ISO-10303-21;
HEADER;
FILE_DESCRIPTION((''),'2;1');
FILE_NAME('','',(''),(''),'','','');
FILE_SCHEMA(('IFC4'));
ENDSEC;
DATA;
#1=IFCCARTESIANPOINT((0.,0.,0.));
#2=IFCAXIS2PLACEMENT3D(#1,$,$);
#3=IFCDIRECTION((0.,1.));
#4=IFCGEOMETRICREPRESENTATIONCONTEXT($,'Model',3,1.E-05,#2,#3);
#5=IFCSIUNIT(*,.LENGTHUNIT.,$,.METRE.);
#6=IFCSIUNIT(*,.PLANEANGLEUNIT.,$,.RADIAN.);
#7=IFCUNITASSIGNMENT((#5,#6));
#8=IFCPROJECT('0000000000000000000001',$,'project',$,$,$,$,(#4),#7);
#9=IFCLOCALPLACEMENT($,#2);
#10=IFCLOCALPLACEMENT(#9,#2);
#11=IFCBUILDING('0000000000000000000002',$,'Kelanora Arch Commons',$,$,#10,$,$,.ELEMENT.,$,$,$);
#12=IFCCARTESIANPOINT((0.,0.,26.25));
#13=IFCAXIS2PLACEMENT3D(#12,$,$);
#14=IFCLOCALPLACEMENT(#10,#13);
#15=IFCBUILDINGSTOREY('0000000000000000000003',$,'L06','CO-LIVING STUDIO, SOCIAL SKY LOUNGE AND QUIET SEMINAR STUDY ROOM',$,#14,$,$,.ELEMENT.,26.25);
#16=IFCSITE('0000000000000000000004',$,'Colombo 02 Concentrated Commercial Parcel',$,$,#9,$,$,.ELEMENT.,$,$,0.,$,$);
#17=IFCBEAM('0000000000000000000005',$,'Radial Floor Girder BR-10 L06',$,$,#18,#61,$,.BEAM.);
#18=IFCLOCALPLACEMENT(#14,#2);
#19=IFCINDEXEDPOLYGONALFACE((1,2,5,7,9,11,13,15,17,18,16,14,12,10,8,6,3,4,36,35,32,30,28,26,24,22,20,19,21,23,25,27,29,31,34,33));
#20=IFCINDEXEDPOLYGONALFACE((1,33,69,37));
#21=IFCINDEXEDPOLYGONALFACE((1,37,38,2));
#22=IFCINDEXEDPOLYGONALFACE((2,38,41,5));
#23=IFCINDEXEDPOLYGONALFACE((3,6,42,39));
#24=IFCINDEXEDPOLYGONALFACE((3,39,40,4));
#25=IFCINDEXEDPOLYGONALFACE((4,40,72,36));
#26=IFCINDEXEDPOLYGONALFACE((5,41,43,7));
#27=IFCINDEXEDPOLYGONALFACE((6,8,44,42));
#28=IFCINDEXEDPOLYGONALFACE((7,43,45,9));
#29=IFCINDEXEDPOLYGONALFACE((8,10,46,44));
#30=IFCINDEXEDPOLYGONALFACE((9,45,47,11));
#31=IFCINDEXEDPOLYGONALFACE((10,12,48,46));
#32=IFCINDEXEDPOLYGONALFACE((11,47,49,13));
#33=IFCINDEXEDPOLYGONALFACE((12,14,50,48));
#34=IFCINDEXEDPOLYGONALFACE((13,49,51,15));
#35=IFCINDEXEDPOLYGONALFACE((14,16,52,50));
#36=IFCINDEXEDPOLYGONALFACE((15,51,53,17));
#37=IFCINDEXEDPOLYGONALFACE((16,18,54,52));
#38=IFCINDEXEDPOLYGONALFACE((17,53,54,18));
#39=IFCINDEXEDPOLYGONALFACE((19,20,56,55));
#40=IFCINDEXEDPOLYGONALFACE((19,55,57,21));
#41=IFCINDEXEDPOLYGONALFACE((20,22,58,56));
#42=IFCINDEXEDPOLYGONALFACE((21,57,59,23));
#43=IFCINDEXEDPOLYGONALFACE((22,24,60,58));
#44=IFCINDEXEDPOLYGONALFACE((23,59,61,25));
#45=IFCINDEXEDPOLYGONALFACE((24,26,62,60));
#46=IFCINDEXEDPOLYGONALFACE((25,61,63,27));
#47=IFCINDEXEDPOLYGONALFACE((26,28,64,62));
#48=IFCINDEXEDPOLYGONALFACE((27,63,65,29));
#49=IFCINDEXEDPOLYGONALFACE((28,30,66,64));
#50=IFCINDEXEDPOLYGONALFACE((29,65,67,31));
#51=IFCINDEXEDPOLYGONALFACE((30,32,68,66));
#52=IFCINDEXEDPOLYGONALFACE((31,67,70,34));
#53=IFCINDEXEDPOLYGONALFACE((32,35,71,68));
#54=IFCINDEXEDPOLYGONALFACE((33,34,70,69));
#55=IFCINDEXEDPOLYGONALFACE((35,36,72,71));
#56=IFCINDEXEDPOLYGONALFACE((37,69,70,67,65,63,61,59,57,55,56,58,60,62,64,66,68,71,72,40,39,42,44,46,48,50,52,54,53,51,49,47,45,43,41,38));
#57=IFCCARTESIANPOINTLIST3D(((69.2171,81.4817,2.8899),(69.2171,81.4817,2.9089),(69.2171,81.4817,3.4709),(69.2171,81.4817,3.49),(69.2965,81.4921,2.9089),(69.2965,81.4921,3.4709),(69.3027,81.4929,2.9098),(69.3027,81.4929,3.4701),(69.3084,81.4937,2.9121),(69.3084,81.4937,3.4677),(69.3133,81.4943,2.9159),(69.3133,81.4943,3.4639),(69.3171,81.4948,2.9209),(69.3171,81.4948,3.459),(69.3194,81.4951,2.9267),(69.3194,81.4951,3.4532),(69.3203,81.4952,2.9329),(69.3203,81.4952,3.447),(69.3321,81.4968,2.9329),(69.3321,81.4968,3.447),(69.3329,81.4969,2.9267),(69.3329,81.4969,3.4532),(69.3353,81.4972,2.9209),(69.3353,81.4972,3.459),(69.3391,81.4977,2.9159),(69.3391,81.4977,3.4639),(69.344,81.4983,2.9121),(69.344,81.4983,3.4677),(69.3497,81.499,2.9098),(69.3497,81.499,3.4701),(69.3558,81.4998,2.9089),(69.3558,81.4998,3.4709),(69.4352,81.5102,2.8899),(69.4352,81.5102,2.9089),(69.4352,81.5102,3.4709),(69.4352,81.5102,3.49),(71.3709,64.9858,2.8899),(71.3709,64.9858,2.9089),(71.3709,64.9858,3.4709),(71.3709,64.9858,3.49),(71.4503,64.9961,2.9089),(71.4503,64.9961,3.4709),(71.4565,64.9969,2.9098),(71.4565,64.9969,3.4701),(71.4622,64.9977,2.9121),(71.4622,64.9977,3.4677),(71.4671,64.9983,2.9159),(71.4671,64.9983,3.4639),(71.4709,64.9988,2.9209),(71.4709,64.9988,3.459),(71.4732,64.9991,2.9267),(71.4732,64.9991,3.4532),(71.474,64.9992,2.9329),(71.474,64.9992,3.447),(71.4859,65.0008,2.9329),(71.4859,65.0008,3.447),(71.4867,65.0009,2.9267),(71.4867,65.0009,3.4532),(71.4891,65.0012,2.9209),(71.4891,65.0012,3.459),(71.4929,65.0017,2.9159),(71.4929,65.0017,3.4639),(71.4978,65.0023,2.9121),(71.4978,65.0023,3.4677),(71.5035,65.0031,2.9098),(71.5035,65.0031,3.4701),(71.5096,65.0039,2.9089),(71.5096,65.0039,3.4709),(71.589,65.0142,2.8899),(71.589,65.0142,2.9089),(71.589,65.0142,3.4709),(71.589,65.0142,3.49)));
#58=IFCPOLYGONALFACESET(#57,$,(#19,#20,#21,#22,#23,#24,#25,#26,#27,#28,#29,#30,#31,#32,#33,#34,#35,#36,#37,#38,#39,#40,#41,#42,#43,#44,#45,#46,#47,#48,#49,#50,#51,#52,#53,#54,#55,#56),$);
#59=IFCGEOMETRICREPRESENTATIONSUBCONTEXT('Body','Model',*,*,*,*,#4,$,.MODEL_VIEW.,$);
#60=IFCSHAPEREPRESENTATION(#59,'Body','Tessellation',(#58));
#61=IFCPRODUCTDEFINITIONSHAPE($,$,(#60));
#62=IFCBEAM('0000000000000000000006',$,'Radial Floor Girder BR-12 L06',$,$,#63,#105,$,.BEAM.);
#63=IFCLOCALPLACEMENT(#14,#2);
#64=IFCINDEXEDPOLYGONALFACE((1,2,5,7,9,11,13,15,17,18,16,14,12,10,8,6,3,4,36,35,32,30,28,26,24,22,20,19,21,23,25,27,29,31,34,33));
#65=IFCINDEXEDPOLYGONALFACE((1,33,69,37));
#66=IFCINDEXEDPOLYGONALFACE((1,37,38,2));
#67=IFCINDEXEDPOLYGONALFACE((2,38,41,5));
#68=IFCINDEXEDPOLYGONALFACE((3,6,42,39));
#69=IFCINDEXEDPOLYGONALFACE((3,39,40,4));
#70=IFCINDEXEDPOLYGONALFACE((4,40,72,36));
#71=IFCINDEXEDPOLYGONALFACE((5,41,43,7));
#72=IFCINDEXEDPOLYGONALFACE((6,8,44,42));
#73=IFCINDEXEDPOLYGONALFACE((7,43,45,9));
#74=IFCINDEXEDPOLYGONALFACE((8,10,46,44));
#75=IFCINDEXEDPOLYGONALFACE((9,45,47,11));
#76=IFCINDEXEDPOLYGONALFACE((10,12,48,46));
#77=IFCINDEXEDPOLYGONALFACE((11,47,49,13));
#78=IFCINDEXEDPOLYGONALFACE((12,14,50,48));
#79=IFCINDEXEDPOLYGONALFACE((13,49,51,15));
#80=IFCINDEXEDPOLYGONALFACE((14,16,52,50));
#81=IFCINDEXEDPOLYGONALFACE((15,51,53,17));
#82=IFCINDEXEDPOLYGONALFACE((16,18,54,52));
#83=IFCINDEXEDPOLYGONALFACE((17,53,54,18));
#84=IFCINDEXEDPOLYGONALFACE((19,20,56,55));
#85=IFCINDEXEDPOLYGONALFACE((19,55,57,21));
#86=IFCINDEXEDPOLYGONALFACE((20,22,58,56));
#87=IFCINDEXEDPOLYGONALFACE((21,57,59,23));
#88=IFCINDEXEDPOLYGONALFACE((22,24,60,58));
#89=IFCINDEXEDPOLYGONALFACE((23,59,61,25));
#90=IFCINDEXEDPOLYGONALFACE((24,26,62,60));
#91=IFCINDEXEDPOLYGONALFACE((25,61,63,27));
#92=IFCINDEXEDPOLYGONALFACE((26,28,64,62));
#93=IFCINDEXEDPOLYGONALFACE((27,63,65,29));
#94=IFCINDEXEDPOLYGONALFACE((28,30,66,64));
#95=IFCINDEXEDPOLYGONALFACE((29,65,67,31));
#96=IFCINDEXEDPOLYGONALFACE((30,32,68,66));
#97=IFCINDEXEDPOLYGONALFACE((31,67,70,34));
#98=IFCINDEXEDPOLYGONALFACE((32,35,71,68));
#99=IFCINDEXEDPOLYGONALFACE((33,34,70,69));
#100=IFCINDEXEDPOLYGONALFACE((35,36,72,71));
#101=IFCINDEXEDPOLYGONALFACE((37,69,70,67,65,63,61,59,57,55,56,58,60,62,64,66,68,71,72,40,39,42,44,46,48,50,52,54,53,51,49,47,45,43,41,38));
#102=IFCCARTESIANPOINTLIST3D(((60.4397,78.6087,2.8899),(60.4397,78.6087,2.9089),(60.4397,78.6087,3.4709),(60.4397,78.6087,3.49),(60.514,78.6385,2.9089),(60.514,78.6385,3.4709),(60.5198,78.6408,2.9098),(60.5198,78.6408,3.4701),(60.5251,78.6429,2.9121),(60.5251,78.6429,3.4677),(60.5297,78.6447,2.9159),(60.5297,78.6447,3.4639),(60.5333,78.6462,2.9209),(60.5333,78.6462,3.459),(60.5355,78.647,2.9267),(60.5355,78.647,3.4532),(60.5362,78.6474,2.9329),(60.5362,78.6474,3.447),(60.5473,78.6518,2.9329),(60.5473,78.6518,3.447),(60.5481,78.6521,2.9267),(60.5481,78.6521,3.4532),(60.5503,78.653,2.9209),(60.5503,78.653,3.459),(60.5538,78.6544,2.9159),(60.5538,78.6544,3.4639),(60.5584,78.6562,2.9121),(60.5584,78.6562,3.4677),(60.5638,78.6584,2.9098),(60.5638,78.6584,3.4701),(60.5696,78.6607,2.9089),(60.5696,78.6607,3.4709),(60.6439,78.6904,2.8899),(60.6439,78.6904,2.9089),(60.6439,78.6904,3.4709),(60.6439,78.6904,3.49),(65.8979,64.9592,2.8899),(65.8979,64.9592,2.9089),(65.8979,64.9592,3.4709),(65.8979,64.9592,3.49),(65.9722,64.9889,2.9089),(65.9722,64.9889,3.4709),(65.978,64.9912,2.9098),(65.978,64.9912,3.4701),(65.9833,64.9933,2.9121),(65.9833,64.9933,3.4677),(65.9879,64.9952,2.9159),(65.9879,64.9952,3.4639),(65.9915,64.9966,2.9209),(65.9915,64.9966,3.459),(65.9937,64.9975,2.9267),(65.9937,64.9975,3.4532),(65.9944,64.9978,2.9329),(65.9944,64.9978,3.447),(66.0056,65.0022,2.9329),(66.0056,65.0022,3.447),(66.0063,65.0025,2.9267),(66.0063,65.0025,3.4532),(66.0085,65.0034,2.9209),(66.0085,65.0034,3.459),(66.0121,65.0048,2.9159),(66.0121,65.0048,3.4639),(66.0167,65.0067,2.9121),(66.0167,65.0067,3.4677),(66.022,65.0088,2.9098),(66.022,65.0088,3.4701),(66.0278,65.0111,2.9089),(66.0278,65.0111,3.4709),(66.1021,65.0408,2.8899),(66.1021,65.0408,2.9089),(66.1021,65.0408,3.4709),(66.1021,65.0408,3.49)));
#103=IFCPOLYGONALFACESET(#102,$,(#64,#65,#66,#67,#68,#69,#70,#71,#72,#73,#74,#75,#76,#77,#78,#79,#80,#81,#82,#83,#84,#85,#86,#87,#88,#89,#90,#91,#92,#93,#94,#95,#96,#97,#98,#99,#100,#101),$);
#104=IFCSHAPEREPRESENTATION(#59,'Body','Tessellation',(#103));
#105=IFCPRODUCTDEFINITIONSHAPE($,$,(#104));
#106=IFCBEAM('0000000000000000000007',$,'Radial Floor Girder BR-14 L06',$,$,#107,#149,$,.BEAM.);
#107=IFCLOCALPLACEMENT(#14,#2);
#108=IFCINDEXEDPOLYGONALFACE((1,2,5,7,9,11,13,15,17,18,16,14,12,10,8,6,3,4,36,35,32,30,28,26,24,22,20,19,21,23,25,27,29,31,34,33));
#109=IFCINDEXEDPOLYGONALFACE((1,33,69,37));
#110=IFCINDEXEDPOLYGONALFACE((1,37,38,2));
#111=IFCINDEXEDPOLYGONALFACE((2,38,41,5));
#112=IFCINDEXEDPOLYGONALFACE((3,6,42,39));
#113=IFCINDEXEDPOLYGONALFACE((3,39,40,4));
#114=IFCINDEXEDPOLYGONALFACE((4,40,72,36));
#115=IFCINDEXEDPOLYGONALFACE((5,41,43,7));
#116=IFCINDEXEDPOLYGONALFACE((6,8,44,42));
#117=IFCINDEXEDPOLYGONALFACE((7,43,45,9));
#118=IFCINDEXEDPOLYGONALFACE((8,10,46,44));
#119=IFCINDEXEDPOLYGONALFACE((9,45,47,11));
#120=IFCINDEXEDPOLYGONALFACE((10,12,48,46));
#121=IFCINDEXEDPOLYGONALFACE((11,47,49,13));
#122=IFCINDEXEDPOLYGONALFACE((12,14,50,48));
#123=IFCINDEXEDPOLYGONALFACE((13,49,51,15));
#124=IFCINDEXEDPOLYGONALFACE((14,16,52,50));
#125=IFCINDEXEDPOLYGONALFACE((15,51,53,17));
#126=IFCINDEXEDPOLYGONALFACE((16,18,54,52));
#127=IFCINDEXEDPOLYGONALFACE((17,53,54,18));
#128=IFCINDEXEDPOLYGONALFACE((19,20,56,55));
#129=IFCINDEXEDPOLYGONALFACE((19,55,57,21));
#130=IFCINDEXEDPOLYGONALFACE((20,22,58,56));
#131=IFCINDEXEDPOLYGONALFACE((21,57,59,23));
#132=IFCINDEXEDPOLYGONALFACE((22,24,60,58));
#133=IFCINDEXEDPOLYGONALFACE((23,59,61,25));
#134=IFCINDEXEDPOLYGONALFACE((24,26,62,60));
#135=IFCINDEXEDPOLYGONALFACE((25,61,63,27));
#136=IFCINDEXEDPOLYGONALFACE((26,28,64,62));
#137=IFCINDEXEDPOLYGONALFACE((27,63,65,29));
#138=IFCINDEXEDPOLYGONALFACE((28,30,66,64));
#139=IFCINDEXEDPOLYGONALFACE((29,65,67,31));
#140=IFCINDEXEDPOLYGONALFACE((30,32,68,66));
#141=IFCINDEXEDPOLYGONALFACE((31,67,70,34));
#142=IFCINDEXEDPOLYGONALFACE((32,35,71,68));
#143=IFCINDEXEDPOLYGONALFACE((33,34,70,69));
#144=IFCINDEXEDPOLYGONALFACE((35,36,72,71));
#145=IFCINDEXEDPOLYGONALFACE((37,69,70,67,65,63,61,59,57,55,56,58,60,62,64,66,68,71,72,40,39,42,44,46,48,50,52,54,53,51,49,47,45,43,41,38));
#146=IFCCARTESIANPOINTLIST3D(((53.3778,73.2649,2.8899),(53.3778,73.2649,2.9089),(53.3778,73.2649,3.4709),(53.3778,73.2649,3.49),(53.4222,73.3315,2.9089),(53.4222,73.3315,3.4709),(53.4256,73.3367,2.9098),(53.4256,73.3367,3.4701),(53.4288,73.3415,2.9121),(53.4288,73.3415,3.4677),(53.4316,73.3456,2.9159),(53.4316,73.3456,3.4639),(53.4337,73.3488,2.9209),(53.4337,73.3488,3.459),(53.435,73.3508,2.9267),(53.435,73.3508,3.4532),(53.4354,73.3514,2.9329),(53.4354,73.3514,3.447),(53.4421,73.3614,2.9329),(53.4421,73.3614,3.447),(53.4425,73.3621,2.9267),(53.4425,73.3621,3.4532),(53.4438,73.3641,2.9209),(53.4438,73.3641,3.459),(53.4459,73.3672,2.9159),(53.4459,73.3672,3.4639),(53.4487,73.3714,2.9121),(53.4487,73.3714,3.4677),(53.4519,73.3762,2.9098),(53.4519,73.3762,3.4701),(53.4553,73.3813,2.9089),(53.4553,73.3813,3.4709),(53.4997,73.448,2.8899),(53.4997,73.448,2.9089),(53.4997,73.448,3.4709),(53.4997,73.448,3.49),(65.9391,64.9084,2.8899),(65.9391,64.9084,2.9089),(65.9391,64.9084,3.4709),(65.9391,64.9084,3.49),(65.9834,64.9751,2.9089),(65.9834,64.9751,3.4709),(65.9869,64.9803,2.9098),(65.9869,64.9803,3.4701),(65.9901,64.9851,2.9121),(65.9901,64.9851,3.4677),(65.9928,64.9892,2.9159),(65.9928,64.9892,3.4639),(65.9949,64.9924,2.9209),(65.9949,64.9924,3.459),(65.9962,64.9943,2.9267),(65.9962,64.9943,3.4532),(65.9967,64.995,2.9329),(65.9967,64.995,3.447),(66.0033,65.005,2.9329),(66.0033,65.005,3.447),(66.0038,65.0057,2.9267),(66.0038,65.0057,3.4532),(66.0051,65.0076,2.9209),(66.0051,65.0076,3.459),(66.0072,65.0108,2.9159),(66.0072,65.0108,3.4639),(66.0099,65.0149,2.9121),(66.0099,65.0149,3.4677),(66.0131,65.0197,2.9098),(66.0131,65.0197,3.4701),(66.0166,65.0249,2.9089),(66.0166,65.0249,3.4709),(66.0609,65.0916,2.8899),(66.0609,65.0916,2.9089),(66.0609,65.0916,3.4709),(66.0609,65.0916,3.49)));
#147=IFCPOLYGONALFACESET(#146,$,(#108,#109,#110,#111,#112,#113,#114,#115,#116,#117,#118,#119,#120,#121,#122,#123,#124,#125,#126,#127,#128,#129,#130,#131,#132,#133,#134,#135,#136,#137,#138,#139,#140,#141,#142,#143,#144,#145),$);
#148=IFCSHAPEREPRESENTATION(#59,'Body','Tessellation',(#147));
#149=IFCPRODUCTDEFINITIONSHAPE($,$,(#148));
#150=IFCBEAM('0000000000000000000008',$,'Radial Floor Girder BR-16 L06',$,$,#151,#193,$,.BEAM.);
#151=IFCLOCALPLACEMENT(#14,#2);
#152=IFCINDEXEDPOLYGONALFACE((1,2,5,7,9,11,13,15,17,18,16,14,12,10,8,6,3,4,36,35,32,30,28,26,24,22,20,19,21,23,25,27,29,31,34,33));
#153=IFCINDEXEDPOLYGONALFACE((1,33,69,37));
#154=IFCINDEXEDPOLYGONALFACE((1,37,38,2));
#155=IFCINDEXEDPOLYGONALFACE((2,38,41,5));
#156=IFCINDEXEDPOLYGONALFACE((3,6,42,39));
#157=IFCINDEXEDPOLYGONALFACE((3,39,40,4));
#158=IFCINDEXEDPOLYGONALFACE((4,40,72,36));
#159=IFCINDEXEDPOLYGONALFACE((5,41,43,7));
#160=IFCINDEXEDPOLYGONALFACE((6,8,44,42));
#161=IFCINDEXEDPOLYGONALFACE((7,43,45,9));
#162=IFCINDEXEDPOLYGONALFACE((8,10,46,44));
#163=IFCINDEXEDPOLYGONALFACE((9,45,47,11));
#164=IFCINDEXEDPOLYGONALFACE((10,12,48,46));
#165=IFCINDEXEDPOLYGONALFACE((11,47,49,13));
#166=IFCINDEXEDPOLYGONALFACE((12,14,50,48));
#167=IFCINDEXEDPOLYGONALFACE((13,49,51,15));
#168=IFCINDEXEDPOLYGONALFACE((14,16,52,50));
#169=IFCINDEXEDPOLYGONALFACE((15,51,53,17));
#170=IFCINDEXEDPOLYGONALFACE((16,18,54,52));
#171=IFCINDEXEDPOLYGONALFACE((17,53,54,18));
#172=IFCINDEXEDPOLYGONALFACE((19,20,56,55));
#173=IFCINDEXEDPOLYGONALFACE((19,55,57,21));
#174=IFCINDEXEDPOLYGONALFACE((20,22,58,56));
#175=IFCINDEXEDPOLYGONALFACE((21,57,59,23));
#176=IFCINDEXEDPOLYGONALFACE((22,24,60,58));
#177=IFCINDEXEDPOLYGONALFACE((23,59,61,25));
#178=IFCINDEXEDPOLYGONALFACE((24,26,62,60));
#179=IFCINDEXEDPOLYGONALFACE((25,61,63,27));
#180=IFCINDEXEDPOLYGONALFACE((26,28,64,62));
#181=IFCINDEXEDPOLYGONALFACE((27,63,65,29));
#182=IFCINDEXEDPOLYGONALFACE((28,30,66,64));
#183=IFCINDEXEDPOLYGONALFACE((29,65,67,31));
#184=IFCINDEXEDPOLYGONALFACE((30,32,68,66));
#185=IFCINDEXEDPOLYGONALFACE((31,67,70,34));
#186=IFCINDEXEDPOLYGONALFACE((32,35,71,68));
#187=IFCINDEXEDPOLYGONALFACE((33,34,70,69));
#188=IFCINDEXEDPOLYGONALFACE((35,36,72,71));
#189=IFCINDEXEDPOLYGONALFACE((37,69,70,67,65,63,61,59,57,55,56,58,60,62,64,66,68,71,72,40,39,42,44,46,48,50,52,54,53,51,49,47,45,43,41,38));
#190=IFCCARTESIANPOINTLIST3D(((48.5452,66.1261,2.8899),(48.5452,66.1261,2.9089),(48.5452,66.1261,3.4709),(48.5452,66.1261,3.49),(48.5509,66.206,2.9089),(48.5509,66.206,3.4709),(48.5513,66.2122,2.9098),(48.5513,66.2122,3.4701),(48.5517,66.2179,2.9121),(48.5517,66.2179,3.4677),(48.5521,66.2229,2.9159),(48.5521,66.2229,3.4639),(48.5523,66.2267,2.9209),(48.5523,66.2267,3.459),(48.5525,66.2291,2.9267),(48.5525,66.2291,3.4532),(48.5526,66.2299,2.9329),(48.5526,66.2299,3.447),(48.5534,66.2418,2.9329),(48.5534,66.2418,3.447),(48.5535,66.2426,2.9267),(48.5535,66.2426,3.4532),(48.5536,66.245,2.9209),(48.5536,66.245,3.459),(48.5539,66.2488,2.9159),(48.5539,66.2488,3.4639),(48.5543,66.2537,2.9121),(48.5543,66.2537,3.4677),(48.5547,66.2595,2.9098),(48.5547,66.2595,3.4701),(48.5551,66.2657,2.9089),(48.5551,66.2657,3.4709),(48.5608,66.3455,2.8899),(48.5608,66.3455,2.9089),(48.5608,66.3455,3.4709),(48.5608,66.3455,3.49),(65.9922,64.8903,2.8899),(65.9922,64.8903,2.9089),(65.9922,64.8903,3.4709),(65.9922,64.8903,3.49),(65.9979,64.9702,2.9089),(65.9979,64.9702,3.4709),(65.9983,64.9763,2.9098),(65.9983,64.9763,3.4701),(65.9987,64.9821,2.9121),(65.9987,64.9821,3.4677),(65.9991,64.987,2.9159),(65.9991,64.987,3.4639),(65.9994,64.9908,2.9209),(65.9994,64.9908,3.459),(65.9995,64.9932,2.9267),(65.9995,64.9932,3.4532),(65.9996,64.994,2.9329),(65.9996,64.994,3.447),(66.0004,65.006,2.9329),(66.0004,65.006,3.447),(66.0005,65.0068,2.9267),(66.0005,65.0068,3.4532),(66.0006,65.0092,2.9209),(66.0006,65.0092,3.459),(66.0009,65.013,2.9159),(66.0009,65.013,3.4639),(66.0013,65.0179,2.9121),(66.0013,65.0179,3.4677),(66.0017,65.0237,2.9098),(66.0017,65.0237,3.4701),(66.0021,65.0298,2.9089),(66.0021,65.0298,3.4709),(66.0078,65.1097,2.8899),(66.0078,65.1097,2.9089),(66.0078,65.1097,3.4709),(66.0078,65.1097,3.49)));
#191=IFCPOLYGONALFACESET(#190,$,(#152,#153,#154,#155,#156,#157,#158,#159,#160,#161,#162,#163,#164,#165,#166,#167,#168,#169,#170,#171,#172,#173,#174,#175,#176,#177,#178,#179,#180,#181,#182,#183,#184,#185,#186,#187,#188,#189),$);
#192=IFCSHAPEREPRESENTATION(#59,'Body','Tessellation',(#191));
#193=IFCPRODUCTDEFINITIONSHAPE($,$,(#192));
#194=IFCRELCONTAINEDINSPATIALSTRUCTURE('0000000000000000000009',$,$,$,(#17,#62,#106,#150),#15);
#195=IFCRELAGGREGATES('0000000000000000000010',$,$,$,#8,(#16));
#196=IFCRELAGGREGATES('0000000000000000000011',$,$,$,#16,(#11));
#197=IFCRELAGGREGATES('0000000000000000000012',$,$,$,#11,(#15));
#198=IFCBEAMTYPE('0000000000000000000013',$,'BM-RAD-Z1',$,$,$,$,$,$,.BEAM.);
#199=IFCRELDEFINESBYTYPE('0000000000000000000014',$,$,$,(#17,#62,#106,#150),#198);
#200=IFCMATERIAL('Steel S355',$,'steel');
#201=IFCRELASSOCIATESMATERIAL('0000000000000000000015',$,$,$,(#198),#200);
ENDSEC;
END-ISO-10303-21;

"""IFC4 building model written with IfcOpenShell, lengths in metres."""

from ifc_helpers import new_model, si_unit, direction, frame, origin, origin_2d, place, context, subcontext, project, spatial, i_section, extrude, material, material_profile, profile_set, type_object, element, save


model = new_model("IFC4")

# Units and contexts
model_context = context("Model", 3, precision=1e-05, world=origin(), true_north=direction((0.0, 1.0)))
body_context = subcontext(model_context, "Body", "Model", "MODEL_VIEW")
ifc_project = project(units=[si_unit("LENGTHUNIT", "METRE"), si_unit("PLANEANGLEUNIT", "RADIAN")], contexts=[model_context])

# Site, building, storey
site_placement = place(None, origin())
site = spatial("IfcSite", under=ifc_project, at=site_placement, Name="Colombo 02 Concentrated Commercial Parcel", CompositionType="ELEMENT", RefElevation=0.0)
building_placement = place(site_placement, origin())
building = spatial("IfcBuilding", under=site, at=building_placement, Name="Kelanora Arch Commons", CompositionType="ELEMENT")
storey_placement = place(building_placement, frame((0.0, 0.0, 26.25)))
storey = spatial("IfcBuildingStorey", under=building, at=storey_placement, Name="L06", Description="CO-LIVING STUDIO, SOCIAL SKY LOUNGE AND QUIET SEMINAR STUDY ROOM", CompositionType="ELEMENT", Elevation=26.25)

# Beams
ifc_material_1 = material(Name="Steel S355", Category="steel")
ifc_material_profile_1 = material_profile(ifc_material_1, i_section(OverallWidth=0.22, OverallDepth=0.6001, WebThickness=0.012, FlangeThickness=0.019, FilletRadius=0.0239, at=origin_2d()), Name="IPE600")
ifc_profile_set_1 = profile_set([ifc_material_profile_1], Name="Steel S355")
beam_type_1 = type_object("IfcBeamType", Name="BM-RAD-Z1", PredefinedType="BEAM", material=ifc_profile_set_1)
beam_1_placement = place(storey_placement, frame((71.48, 65.0, 3.1899), z_axis=(-0.129466, 0.991584, 0.0), x_axis=(-0.991584, -0.129466, 0.0)))
element("IfcBeam", 1, at=beam_1_placement, inside=storey, type_object=beam_type_1, Name="Radial Floor Girder BR-10 L06", PredefinedType="BEAM", context=body_context, shape_type="SweptSolid", body=[
    extrude(i_section(OverallWidth=0.22, OverallDepth=0.6001, WebThickness=0.012, FlangeThickness=0.019, FilletRadius=0.0239, at=origin_2d()), origin(), (0.0, 0.0, 1.0), 16.636),
])
beam_2_placement = place(storey_placement, frame((66.0, 65.0, 3.1899), z_axis=(-0.371296, 0.928514, 0.0), x_axis=(-0.928514, -0.371296, 0.0)))
element("IfcBeam", 2, at=beam_2_placement, inside=storey, type_object=beam_type_1, Name="Radial Floor Girder BR-12 L06", PredefinedType="BEAM", context=body_context, shape_type="SweptSolid", body=[
    extrude(i_section(OverallWidth=0.22, OverallDepth=0.6001, WebThickness=0.012, FlangeThickness=0.019, FilletRadius=0.0239, at=origin_2d()), origin(), (0.0, 0.0, 1.0), 14.7004),
])
beam_3_placement = place(storey_placement, frame((66.0, 65.0, 3.1899), z_axis=(-0.832593, 0.553886, 0.0), x_axis=(-0.553886, -0.832593, 0.0)))
element("IfcBeam", 3, at=beam_3_placement, inside=storey, type_object=beam_type_1, Name="Radial Floor Girder BR-14 L06", PredefinedType="BEAM", context=body_context, shape_type="SweptSolid", body=[
    extrude(i_section(OverallWidth=0.22, OverallDepth=0.6001, WebThickness=0.012, FlangeThickness=0.019, FilletRadius=0.0239, at=origin_2d()), origin(), (0.0, 0.0, 1.0), 15.0869),
])
beam_4_placement = place(storey_placement, frame((66.0, 65.0, 3.1899), z_axis=(-0.997501, 0.070657, 0.0), x_axis=(-0.070657, -0.997501, 0.0)))
element("IfcBeam", 4, at=beam_4_placement, inside=storey, type_object=beam_type_1, Name="Radial Floor Girder BR-16 L06", PredefinedType="BEAM", context=body_context, shape_type="SweptSolid", body=[
    extrude(i_section(OverallWidth=0.22, OverallDepth=0.6001, WebThickness=0.012, FlangeThickness=0.019, FilletRadius=0.0239, at=origin_2d()), origin(), (0.0, 0.0, 1.0), 17.4907),
])

save(model, "model.ifc")
